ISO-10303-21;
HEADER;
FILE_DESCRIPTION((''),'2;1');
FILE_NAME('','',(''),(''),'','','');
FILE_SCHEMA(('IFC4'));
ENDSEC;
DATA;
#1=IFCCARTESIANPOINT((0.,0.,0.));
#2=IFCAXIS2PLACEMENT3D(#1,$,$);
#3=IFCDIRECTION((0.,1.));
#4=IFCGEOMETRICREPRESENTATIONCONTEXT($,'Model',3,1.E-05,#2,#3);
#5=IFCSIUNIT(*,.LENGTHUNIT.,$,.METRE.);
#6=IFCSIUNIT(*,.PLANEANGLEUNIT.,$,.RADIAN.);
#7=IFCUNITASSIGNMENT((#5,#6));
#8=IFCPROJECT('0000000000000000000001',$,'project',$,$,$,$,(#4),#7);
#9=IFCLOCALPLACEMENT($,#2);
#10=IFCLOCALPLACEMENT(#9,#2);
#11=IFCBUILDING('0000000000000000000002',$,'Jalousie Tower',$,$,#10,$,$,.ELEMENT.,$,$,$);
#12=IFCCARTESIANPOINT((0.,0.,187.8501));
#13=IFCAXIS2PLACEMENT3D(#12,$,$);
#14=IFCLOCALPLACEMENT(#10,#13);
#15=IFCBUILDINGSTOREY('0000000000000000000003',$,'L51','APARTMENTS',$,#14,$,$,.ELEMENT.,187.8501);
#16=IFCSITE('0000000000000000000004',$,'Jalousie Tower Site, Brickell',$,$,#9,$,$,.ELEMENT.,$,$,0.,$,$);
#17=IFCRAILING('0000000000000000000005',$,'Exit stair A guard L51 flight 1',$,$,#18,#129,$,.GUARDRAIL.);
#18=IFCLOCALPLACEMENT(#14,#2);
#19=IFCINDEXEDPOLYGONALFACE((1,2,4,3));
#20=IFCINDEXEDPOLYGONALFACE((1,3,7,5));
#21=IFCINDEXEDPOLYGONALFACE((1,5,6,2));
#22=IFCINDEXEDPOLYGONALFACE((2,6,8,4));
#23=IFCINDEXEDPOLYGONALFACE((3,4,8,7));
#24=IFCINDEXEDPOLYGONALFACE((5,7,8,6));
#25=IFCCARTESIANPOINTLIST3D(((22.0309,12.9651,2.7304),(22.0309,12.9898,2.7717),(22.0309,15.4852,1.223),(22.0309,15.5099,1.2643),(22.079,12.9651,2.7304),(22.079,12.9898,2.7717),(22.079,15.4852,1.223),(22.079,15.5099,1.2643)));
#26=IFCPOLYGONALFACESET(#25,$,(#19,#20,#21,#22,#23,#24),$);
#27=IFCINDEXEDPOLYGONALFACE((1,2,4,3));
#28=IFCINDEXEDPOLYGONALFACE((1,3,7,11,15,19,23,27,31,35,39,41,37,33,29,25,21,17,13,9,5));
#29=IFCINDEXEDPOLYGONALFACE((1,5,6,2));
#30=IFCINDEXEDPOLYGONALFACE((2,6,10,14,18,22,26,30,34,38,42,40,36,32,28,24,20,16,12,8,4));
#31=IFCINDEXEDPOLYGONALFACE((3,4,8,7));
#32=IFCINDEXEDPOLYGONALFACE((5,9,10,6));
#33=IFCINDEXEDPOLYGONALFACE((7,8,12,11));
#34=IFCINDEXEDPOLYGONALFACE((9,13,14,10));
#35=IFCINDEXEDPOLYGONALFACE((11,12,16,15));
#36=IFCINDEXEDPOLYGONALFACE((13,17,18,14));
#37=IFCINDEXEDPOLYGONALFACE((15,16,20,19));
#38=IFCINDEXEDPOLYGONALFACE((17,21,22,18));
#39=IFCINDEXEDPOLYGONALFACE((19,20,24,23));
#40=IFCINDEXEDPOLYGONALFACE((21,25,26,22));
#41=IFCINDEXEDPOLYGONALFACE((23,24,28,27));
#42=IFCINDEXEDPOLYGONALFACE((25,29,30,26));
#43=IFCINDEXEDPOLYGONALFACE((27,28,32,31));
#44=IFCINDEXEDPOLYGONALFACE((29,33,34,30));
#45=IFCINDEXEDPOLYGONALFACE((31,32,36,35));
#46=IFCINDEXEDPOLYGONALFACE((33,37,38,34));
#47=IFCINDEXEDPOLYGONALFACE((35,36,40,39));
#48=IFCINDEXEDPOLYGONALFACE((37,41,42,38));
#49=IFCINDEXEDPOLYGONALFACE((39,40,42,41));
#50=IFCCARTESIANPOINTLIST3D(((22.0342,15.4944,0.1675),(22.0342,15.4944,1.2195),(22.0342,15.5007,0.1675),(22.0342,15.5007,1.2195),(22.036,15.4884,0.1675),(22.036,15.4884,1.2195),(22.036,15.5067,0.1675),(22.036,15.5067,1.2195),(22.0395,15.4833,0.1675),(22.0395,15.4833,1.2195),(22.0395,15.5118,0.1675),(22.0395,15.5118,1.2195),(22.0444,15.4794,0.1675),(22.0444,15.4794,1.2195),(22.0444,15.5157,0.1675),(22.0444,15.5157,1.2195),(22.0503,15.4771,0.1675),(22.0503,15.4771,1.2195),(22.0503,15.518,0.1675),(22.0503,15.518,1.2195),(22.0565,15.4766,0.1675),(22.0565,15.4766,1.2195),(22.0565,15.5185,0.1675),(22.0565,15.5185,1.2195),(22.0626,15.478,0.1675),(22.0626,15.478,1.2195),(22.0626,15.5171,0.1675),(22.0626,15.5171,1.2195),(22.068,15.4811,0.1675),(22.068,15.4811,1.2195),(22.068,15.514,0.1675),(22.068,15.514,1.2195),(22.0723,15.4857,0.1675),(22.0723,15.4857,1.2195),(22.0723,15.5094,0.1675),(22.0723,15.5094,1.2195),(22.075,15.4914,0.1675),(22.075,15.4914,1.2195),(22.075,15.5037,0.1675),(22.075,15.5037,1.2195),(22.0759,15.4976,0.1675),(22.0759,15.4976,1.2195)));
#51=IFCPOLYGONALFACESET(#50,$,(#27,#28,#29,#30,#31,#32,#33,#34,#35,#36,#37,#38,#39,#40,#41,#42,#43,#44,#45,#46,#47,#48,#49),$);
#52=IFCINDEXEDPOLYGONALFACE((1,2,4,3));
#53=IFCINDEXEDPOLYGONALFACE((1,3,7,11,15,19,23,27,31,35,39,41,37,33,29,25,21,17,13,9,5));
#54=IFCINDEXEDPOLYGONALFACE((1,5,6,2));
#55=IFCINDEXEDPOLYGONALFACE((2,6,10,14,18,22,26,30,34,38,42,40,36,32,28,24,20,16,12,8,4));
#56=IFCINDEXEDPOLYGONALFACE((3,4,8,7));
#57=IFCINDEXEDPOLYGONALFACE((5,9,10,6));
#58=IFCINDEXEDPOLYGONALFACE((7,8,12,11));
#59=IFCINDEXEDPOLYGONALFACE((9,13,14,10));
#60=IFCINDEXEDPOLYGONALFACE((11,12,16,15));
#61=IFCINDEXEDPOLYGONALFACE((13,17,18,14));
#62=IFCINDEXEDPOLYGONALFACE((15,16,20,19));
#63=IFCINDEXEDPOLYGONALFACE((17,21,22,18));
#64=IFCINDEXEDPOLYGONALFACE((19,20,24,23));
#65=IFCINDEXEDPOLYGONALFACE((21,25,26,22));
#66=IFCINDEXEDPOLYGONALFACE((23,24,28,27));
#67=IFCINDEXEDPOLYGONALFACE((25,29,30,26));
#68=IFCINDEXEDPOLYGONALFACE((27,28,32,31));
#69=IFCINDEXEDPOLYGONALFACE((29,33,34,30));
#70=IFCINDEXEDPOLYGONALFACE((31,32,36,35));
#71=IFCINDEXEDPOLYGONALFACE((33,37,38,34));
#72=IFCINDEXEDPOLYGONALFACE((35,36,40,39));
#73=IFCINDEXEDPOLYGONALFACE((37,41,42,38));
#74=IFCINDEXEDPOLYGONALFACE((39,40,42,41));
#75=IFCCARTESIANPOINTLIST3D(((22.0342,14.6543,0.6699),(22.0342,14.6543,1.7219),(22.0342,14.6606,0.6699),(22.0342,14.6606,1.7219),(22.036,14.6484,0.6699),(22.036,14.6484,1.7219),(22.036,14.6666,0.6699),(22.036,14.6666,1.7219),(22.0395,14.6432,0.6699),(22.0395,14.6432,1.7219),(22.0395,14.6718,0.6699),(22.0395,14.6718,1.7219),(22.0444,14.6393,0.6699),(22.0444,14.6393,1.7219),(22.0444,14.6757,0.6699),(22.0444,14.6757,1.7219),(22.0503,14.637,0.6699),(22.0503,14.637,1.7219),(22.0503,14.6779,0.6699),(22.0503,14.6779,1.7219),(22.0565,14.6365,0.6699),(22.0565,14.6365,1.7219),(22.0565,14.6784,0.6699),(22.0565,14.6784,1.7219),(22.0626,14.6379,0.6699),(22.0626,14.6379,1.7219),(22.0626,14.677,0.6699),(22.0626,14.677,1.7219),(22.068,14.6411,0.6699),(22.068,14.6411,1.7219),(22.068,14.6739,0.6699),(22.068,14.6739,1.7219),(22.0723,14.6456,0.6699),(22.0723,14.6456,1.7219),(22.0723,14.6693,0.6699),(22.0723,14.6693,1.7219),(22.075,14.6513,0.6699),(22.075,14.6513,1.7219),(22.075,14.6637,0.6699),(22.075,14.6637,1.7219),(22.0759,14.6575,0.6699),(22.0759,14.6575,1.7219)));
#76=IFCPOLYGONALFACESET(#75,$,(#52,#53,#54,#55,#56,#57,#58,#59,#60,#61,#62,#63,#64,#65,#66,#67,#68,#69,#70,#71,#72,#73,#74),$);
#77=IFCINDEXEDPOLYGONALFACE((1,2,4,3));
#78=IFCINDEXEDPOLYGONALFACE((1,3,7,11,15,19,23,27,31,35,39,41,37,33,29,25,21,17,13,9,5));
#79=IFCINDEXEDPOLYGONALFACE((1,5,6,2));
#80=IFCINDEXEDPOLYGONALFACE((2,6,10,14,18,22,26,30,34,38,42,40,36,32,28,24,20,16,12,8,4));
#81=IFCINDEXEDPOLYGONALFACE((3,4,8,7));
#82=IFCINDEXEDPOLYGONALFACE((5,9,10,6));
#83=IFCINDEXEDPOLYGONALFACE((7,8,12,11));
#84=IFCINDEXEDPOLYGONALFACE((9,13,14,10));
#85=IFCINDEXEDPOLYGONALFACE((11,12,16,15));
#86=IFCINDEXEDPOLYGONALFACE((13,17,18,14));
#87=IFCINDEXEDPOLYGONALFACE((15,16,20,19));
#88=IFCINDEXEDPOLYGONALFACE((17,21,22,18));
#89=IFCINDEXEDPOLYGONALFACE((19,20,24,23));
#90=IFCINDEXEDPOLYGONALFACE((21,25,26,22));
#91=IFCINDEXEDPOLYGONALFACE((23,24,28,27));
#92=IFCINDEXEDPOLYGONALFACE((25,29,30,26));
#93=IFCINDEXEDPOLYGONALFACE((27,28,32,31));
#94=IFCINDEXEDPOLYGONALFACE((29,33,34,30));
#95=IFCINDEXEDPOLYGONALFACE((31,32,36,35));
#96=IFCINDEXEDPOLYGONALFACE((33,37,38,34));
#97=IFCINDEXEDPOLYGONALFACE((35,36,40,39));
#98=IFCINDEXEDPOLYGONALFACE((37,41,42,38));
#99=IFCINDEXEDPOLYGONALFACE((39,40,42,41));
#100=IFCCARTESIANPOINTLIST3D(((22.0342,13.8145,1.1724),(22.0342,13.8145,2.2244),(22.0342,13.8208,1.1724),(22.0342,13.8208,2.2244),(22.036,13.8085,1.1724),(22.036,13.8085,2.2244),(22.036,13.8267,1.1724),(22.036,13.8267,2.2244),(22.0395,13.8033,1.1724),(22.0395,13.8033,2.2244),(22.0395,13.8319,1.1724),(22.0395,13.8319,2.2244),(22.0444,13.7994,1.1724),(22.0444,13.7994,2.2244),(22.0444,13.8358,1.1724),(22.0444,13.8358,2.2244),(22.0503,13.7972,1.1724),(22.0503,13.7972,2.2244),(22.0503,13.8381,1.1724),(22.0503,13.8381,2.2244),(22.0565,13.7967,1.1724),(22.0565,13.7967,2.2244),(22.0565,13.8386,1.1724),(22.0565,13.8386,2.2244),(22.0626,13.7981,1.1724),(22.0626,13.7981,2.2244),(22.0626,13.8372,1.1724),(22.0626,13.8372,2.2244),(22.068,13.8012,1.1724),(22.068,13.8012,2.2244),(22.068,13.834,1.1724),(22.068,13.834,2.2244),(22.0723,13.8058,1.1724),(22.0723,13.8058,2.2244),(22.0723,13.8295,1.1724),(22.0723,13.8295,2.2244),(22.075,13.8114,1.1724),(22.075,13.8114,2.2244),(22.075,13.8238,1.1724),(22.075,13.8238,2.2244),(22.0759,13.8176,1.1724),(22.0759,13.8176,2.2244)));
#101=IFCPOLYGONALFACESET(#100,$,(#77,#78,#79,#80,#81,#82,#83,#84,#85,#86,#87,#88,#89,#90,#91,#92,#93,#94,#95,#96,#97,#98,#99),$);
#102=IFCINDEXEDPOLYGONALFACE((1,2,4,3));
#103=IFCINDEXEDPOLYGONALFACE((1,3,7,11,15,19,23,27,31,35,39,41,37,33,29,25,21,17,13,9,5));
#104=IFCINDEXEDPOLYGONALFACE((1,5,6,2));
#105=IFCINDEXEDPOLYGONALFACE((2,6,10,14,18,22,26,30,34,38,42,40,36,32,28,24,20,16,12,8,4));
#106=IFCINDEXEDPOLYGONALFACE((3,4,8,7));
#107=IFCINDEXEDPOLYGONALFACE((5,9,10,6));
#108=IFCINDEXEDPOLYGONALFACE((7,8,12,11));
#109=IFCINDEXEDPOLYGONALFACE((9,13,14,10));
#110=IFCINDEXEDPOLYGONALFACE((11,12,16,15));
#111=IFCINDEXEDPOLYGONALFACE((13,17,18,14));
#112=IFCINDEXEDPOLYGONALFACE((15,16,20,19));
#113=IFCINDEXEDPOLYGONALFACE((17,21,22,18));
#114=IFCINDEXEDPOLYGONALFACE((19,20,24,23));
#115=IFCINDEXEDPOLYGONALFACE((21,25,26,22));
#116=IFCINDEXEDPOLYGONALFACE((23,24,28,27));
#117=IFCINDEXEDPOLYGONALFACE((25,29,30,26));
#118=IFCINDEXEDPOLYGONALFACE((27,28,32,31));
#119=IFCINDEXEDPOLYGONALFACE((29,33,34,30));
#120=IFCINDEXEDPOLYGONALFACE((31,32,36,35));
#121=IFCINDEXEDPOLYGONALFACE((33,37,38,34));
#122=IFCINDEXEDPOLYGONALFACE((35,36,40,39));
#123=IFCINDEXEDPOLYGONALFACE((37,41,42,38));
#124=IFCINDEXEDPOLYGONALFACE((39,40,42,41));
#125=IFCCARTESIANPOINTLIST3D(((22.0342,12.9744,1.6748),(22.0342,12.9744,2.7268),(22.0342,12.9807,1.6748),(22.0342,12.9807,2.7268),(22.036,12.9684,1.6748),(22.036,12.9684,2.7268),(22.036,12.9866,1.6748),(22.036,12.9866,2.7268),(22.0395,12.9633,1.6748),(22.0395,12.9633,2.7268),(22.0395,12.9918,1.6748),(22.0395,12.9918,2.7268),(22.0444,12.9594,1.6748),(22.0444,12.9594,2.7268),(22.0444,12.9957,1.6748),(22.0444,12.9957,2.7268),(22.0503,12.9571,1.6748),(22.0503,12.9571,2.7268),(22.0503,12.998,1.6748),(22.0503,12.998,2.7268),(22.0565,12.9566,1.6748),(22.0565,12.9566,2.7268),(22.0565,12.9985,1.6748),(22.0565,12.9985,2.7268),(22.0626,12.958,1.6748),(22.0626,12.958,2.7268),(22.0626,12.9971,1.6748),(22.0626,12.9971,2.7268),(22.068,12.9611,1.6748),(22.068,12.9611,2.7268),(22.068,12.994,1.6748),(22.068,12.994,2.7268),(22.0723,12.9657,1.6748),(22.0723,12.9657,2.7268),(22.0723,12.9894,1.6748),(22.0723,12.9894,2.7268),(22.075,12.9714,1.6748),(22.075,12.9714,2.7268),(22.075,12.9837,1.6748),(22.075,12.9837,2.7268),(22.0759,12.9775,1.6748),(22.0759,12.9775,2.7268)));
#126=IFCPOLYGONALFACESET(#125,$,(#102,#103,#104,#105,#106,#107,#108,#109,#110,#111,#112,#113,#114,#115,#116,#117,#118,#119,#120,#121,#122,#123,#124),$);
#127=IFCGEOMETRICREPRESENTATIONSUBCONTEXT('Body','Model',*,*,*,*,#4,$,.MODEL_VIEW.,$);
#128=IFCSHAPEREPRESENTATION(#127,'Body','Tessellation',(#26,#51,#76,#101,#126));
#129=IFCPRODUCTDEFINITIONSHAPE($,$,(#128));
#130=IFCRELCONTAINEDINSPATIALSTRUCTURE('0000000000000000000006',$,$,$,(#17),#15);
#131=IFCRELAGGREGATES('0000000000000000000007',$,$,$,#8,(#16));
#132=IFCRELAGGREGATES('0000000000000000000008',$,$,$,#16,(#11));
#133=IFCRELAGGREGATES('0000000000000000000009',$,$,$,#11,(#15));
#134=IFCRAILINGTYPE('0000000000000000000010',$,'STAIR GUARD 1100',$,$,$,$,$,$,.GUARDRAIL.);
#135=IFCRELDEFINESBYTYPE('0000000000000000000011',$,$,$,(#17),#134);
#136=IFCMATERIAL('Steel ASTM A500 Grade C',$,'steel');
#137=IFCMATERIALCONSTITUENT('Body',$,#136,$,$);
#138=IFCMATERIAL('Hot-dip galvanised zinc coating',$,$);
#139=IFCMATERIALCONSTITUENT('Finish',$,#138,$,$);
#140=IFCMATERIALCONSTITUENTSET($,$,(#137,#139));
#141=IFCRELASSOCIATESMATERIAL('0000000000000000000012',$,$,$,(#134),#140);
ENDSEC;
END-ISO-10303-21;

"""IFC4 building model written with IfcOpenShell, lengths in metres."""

from ifc_helpers import new_model, si_unit, direction, frame, origin, origin_2d, place, context, subcontext, project, spatial, rectangle, circle, extrude, material, constituent, constituent_set, type_object, element, save


model = new_model("IFC4")

# Units and contexts
model_context = context("Model", 3, precision=1e-05, world=origin(), true_north=direction((0.0, 1.0)))
body_context = subcontext(model_context, "Body", "Model", "MODEL_VIEW")
ifc_project = project(units=[si_unit("LENGTHUNIT", "METRE"), si_unit("PLANEANGLEUNIT", "RADIAN")], contexts=[model_context])

# Site, building, storey
site_placement = place(None, origin())
site = spatial("IfcSite", under=ifc_project, at=site_placement, Name="Jalousie Tower Site, Brickell", CompositionType="ELEMENT", RefElevation=0.0)
building_placement = place(site_placement, origin())
building = spatial("IfcBuilding", under=site, at=building_placement, Name="Jalousie Tower", CompositionType="ELEMENT")
storey_placement = place(building_placement, frame((0.0, 0.0, 187.8501)))
storey = spatial("IfcBuildingStorey", under=building, at=storey_placement, Name="L51", Description="APARTMENTS", CompositionType="ELEMENT", Elevation=187.8501)

# Railing
ifc_material_1 = material(Name="Steel ASTM A500 Grade C", Category="steel")
ifc_constituent_1 = constituent(ifc_material_1, Name="Body")
ifc_material_2 = material(Name="Hot-dip galvanised zinc coating")
ifc_constituent_2 = constituent(ifc_material_2, Name="Finish")
ifc_constituent_set_1 = constituent_set(constituents=[ifc_constituent_1, ifc_constituent_2])
railing_type_1 = type_object("IfcRailingType", Name="STAIR GUARD 1100", PredefinedType="GUARDRAIL", material=ifc_constituent_set_1)
railing_1_placement = place(storey_placement, frame((22.0549, 15.4976, 0.1675)))
element("IfcRailing", 1, at=railing_1_placement, inside=storey, type_object=railing_type_1, Name="Exit stair A guard L51 flight 1", PredefinedType="GUARDRAIL", context=body_context, shape_type="SweptSolid", body=[
    extrude(rectangle(XDim=0.0481, YDim=0.0481, at=origin_2d()), frame((0.0, 0.0, 1.0762), z_axis=(0.0, -0.858196, 0.513321), x_axis=(1.0, 0.0, 0.0)), (0.0, 0.0, 1.0), 2.9365),
    extrude(circle(Radius=0.021, at=origin_2d()), origin(), (0.0, 0.0, 1.0), 1.052),
    extrude(circle(Radius=0.021, at=origin_2d()), frame((0.0, -0.8401, 0.5024)), (0.0, 0.0, 1.0), 1.052),
    extrude(circle(Radius=0.021, at=origin_2d()), frame((0.0, -1.6799, 1.0049)), (0.0, 0.0, 1.0), 1.052),
    extrude(circle(Radius=0.021, at=origin_2d()), frame((0.0, -2.52, 1.5073)), (0.0, 0.0, 1.0), 1.052),
])

save(model, "model.ifc")
